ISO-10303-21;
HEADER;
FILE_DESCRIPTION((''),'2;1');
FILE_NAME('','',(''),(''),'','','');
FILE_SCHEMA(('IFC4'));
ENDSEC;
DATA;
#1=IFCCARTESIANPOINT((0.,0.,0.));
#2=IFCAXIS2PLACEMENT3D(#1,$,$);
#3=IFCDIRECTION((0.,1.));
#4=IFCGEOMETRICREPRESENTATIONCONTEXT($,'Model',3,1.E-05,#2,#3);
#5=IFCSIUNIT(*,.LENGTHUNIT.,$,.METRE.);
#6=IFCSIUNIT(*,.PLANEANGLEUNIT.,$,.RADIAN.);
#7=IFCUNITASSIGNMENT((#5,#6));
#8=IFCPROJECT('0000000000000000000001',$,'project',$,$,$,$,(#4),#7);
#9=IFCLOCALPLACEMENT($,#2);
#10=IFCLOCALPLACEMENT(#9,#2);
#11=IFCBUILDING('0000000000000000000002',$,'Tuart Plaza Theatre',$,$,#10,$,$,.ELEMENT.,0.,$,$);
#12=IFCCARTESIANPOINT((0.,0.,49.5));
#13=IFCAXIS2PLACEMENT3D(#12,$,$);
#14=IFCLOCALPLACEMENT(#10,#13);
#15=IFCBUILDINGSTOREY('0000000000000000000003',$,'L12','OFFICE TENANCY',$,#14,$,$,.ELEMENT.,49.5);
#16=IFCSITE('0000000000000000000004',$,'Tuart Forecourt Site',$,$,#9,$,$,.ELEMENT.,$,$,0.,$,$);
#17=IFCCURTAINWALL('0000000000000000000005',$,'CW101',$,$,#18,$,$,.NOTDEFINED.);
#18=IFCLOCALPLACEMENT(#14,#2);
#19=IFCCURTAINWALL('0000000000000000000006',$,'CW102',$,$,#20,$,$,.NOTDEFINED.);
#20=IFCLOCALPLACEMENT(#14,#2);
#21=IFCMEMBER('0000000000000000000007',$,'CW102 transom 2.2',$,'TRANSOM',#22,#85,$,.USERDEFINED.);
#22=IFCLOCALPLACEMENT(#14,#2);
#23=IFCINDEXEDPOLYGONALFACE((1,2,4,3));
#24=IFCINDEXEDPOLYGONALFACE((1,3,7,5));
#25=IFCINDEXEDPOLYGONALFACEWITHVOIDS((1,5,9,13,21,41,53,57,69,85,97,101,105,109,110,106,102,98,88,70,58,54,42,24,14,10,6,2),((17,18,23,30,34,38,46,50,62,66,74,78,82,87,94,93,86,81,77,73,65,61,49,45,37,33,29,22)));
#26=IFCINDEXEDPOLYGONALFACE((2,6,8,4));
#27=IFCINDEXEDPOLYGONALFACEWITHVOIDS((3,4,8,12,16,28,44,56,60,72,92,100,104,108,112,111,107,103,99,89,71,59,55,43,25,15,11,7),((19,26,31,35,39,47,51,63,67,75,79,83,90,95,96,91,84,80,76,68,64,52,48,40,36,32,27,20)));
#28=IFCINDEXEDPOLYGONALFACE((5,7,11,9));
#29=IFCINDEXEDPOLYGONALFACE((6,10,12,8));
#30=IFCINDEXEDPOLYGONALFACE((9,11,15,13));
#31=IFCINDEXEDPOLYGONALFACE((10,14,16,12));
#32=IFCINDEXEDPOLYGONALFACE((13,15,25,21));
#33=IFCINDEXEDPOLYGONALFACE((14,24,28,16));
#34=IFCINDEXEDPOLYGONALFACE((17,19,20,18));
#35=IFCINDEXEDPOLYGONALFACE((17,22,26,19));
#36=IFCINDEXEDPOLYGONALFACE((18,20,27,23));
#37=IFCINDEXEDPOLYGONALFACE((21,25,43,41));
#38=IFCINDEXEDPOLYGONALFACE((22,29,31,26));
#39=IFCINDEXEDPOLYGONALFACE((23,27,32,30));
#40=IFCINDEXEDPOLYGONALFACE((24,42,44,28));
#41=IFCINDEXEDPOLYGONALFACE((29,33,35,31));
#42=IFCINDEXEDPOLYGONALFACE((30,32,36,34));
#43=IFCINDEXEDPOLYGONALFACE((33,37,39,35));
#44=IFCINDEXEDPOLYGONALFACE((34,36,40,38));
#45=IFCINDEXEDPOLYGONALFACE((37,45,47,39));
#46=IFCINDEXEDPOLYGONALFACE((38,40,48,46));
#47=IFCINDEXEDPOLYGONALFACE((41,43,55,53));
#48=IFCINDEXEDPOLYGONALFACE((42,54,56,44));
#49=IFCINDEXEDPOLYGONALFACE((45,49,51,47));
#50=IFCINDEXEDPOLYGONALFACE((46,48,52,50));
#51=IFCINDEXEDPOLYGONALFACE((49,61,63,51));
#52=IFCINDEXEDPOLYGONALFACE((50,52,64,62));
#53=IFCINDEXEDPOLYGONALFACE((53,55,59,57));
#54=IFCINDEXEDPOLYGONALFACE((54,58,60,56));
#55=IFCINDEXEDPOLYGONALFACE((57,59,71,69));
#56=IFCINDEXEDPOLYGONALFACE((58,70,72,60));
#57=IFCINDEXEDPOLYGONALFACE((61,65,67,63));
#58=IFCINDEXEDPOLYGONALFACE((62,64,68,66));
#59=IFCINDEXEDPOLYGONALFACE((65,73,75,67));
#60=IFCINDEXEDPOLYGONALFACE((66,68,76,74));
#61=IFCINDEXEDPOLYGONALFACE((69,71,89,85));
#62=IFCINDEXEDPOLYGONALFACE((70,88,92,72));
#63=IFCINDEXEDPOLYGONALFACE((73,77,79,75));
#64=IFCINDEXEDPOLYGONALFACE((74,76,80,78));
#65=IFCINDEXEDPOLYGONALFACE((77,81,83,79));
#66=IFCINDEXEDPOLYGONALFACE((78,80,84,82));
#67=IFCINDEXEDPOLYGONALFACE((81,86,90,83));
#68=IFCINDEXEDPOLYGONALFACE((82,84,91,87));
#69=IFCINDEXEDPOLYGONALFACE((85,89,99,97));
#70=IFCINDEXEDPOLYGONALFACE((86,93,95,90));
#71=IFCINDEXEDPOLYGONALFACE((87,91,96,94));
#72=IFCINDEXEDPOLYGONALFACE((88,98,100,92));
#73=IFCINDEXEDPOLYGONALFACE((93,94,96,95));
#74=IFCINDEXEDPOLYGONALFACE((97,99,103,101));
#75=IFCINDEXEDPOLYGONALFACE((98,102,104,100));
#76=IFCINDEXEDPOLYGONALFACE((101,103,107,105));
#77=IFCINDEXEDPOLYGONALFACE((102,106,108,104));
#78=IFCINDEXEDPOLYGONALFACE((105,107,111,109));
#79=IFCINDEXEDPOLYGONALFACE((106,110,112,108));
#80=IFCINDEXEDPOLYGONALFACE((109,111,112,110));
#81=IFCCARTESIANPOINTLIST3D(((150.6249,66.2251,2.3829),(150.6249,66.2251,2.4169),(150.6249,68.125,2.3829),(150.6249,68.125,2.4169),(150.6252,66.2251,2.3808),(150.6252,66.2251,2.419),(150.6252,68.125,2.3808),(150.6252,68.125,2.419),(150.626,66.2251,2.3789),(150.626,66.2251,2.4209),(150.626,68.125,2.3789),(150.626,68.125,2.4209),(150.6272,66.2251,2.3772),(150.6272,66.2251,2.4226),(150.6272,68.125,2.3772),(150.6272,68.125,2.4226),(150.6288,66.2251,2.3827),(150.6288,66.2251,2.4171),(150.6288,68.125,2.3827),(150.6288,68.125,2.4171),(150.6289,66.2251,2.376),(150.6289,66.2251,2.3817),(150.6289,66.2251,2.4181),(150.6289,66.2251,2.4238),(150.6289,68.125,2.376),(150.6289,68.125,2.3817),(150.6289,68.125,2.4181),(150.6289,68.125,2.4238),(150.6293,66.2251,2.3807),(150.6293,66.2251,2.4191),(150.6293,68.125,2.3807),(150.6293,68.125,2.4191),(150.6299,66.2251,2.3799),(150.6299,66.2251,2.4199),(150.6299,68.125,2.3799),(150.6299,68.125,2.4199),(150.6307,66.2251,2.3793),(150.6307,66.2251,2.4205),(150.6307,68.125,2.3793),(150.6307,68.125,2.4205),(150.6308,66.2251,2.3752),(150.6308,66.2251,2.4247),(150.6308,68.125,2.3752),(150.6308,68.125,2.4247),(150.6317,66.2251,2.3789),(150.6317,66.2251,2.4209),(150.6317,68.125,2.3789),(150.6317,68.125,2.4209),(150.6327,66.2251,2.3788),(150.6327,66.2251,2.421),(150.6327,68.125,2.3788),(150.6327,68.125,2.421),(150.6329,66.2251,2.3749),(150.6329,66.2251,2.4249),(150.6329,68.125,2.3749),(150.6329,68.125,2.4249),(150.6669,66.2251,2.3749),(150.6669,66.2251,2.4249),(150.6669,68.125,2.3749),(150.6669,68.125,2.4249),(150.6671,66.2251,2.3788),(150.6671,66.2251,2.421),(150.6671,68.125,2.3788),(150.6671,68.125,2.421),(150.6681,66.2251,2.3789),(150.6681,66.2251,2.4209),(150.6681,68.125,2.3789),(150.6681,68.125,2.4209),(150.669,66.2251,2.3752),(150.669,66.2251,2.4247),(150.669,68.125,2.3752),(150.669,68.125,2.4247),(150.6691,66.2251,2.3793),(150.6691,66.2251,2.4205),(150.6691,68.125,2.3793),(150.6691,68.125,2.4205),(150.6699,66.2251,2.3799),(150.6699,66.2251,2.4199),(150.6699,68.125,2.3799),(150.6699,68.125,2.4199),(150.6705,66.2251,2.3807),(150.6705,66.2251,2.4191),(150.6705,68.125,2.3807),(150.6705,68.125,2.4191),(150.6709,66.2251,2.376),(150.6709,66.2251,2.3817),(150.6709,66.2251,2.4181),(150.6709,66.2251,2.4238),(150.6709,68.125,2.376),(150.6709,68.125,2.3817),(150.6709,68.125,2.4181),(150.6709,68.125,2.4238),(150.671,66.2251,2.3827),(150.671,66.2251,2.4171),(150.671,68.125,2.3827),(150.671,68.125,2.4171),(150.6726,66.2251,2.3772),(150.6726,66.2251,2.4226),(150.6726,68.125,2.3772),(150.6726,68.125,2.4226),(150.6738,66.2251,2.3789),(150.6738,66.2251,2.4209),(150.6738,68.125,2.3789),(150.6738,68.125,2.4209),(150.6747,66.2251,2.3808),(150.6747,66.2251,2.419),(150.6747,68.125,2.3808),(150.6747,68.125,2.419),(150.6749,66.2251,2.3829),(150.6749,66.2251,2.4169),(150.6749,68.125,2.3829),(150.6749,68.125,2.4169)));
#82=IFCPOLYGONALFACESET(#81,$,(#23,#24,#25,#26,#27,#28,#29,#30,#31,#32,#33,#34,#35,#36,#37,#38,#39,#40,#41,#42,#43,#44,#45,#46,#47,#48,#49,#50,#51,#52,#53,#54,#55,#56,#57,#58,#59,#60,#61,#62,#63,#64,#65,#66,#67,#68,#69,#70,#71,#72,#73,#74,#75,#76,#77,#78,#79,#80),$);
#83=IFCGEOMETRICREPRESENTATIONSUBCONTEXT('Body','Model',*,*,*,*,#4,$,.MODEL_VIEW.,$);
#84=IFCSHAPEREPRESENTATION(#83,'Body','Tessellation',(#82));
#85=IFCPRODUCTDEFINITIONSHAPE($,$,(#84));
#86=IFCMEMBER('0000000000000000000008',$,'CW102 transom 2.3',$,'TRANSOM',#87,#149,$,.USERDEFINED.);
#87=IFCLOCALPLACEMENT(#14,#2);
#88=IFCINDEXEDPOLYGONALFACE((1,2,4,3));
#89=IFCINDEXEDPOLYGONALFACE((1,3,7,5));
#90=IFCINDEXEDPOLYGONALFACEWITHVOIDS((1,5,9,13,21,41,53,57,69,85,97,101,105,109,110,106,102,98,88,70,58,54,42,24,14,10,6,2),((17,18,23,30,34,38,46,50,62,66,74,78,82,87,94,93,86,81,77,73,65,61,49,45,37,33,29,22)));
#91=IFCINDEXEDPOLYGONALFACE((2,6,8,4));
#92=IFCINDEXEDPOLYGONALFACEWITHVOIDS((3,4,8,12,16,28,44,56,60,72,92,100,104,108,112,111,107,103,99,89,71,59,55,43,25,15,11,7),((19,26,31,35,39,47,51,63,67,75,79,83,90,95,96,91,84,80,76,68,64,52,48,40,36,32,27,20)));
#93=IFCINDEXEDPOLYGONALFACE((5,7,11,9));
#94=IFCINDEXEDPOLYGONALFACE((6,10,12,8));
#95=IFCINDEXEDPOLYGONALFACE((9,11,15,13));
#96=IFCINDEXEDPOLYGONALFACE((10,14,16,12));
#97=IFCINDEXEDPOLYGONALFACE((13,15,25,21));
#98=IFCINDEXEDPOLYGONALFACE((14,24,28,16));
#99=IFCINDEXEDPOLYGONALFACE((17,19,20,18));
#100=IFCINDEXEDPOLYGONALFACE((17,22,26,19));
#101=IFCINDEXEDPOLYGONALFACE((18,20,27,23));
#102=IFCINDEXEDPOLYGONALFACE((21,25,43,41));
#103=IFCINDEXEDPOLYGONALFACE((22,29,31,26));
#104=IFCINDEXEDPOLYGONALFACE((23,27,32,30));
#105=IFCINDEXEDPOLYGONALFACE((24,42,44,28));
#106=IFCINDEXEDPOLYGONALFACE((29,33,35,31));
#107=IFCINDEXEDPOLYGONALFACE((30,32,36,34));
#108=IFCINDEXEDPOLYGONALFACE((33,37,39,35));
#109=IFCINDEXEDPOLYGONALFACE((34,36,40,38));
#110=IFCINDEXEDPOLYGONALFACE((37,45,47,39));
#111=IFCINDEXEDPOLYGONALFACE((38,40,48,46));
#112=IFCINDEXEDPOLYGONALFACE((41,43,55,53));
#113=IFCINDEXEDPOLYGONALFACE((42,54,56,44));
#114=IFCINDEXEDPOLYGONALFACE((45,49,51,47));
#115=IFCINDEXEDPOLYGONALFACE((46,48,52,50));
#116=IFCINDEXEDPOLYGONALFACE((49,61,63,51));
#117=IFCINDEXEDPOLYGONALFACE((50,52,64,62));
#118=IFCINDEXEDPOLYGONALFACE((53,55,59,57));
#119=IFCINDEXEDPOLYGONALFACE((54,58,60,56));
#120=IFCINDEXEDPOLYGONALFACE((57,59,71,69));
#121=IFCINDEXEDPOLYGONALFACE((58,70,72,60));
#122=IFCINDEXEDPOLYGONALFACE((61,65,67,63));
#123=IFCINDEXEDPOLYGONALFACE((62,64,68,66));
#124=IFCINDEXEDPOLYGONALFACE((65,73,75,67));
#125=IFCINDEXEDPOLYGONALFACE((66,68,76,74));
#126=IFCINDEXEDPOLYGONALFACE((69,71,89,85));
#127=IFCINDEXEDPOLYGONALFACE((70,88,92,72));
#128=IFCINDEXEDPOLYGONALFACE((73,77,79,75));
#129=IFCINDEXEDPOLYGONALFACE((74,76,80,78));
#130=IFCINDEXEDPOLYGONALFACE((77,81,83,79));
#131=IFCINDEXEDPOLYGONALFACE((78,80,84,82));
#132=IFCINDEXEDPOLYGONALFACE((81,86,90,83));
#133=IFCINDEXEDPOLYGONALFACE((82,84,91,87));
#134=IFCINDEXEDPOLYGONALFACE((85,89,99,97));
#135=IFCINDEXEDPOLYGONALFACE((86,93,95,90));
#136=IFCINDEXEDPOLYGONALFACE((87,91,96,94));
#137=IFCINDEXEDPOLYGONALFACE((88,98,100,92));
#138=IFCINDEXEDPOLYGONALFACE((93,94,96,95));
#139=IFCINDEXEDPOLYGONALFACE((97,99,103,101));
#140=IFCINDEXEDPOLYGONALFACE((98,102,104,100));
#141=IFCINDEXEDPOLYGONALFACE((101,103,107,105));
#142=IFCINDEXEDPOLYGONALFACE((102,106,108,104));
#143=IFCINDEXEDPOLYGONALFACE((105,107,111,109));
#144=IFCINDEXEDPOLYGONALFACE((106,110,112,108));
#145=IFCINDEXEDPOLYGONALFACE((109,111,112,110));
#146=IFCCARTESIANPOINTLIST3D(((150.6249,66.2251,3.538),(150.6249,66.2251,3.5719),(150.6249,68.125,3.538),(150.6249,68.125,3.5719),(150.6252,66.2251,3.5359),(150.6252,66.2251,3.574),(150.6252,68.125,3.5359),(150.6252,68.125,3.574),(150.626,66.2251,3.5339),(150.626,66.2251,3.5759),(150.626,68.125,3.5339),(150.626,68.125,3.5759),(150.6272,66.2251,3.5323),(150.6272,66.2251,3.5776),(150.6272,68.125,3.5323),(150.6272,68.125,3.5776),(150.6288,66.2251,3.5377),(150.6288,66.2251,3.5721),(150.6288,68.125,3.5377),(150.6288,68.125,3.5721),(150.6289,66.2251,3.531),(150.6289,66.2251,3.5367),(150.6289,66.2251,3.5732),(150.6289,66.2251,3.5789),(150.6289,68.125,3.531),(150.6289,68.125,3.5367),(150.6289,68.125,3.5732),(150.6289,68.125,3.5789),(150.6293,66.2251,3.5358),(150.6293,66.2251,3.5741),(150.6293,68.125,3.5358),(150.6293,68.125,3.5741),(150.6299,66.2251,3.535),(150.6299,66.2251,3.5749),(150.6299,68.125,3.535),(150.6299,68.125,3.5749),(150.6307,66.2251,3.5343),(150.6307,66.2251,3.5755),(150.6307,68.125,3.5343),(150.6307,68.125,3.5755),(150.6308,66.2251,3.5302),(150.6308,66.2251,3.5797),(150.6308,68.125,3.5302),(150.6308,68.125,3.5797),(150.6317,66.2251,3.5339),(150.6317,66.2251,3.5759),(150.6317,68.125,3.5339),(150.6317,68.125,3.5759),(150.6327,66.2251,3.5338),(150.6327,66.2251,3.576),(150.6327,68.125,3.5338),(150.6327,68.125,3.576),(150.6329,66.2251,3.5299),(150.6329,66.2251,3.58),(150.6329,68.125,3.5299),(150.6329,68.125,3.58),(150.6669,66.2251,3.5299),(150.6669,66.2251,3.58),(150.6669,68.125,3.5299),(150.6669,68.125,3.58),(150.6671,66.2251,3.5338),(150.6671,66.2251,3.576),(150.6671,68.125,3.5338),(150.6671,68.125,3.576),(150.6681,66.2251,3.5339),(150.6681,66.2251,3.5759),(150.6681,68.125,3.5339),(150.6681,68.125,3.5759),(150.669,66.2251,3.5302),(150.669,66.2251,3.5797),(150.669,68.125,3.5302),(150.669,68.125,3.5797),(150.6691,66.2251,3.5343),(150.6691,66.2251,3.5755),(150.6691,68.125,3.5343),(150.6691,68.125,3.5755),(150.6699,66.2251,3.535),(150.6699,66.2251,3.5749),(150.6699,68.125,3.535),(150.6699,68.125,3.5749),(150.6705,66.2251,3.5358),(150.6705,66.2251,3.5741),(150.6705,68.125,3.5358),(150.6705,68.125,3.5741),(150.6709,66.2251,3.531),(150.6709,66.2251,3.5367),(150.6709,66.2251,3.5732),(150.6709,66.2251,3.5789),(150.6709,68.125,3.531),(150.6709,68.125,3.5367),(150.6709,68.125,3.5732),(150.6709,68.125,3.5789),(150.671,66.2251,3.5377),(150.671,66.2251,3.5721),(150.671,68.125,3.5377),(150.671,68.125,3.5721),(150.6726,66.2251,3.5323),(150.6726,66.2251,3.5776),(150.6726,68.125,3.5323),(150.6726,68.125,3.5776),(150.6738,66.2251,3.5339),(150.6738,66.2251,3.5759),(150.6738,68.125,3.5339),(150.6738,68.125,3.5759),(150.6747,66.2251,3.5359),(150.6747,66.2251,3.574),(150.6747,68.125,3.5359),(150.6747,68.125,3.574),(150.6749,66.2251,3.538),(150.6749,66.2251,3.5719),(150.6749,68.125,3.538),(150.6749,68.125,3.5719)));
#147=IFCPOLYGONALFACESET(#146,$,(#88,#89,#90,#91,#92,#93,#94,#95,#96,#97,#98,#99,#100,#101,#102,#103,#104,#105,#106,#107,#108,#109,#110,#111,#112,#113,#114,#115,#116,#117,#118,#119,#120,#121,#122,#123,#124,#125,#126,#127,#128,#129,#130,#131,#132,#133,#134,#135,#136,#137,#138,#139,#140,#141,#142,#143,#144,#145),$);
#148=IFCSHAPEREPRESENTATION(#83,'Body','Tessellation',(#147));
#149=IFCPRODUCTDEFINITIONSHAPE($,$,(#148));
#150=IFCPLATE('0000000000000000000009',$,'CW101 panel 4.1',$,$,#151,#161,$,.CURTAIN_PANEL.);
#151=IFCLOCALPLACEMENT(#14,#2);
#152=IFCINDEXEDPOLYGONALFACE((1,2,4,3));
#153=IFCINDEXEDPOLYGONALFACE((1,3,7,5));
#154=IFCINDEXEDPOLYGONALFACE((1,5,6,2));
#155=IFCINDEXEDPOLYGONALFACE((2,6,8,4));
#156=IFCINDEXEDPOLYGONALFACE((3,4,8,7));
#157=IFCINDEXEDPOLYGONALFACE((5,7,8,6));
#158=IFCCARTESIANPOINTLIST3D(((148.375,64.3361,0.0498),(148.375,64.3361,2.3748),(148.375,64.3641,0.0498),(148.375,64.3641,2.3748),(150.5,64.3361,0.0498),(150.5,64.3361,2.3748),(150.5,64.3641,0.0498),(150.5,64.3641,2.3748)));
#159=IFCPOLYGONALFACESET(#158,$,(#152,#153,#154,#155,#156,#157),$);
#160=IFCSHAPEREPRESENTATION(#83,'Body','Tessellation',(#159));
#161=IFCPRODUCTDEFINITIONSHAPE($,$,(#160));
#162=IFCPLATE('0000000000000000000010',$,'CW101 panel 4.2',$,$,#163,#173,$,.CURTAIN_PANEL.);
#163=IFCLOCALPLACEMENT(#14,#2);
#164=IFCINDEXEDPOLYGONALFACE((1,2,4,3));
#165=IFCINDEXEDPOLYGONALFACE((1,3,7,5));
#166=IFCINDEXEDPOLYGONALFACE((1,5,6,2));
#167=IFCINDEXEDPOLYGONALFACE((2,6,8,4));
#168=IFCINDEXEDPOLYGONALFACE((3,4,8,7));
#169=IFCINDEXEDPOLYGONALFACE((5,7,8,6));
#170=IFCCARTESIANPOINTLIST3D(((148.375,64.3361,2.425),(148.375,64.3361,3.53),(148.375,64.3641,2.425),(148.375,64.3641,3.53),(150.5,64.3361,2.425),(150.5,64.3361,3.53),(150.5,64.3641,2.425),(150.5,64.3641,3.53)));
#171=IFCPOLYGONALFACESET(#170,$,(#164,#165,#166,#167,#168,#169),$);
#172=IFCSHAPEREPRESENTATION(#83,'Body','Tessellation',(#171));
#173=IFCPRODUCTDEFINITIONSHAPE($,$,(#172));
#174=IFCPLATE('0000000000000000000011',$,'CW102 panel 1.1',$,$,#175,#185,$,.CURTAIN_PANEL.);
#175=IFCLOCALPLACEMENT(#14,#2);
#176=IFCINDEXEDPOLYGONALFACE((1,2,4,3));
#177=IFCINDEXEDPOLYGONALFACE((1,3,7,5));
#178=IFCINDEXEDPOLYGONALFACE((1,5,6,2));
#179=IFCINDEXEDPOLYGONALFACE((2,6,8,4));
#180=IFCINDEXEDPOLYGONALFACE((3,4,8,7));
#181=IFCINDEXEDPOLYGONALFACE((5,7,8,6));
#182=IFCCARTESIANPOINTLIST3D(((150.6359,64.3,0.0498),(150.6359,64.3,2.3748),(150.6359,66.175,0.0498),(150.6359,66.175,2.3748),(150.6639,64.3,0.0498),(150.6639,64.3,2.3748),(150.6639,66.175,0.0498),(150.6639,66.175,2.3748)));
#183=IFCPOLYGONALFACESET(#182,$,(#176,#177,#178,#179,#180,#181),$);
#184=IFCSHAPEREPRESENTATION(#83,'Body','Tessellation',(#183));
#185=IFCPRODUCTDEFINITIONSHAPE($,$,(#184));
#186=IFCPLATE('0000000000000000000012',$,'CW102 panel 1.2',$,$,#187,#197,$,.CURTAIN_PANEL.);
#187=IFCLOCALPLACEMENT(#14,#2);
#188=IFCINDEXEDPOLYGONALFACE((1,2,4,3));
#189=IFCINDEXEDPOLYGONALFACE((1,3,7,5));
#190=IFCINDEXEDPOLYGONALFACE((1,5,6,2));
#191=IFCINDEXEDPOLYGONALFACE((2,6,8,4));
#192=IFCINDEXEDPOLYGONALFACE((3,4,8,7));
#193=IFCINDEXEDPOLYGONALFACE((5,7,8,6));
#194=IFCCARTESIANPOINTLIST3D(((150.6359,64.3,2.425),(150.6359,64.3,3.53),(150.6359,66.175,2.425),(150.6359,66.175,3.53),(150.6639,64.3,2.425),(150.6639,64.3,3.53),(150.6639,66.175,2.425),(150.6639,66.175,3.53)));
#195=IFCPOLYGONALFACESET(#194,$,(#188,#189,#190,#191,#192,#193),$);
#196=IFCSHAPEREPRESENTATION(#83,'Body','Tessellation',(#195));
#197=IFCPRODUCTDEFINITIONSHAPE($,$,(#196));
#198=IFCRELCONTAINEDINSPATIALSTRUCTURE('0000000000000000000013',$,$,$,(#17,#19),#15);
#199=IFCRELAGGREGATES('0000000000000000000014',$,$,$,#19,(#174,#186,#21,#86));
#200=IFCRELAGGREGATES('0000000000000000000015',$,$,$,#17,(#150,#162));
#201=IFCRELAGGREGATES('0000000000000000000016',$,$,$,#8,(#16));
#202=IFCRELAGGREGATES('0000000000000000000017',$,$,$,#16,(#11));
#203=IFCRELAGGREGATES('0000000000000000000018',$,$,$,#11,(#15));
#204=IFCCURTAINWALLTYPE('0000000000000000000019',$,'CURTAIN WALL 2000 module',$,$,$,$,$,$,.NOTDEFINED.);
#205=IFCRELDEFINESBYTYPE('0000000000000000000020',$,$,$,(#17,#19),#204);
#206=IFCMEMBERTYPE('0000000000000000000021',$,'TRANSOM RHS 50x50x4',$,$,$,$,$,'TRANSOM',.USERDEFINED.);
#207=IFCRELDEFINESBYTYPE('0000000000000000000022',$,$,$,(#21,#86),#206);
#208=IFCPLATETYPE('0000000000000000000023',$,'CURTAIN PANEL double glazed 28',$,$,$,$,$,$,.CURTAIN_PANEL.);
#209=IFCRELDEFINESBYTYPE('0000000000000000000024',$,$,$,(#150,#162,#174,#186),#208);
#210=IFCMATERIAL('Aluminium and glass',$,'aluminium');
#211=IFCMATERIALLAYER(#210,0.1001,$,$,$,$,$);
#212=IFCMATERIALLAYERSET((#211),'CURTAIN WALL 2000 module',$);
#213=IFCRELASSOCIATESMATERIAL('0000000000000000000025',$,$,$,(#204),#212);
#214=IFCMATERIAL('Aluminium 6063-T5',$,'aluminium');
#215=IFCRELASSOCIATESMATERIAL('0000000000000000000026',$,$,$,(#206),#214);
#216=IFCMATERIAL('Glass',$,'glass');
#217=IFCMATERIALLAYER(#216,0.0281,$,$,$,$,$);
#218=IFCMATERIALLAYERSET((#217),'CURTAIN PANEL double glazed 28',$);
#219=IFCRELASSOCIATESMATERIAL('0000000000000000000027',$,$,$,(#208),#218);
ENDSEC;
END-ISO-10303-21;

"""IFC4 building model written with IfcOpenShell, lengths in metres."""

from ifc_helpers import new_model, si_unit, direction, frame, origin, origin_2d, place, context, subcontext, project, spatial, rectangle, hollow_rectangle, extrude, material, layer, layer_set, material_profile, profile_set, type_object, element, aggregate, save


model = new_model("IFC4")

# Units and contexts
model_context = context("Model", 3, precision=1e-05, world=origin(), true_north=direction((0.0, 1.0)))
body_context = subcontext(model_context, "Body", "Model", "MODEL_VIEW")
ifc_project = project(units=[si_unit("LENGTHUNIT", "METRE"), si_unit("PLANEANGLEUNIT", "RADIAN")], contexts=[model_context])

# Site, building, storey
site_placement = place(None, origin())
site = spatial("IfcSite", under=ifc_project, at=site_placement, Name="Tuart Forecourt Site", CompositionType="ELEMENT", RefElevation=0.0)
building_placement = place(site_placement, origin())
building = spatial("IfcBuilding", under=site, at=building_placement, Name="Tuart Plaza Theatre", CompositionType="ELEMENT", ElevationOfRefHeight=0.0)
storey_placement = place(building_placement, frame((0.0, 0.0, 49.5)))
storey = spatial("IfcBuildingStorey", under=building, at=storey_placement, Name="L12", Description="OFFICE TENANCY", CompositionType="ELEMENT", Elevation=49.5)

# Shared definitions
ifc_material_1 = material(Name="Aluminium and glass", Category="aluminium")
ifc_layer_1 = layer(ifc_material_1, 0.1001)
ifc_layer_set_1 = layer_set([ifc_layer_1], Name="CURTAIN WALL 2000 module")
curtain_wall_type = type_object("IfcCurtainWallType", Name="CURTAIN WALL 2000 module", PredefinedType="NOTDEFINED", material=ifc_layer_set_1)

# Curtain wall
curtain_wall_1_placement = place(storey_placement, origin())
curtain_wall_1 = element("IfcCurtainWall", 1, at=curtain_wall_1_placement, inside=storey, type_object=curtain_wall_type, Name="CW101", PredefinedType="NOTDEFINED")

# Curtain wall
curtain_wall_2_placement = place(storey_placement, origin())
curtain_wall_2 = element("IfcCurtainWall", 2, at=curtain_wall_2_placement, inside=storey, type_object=curtain_wall_type, Name="CW102", PredefinedType="NOTDEFINED")

# Members
ifc_material_2 = material(Name="Aluminium 6063-T5", Category="aluminium")
ifc_material_profile_1 = material_profile(ifc_material_2, hollow_rectangle(XDim=0.05, YDim=0.05, WallThickness=0.0039, InnerFilletRadius=0.0039, OuterFilletRadius=0.0081, at=origin_2d()), Name="RHS 50x50x4")
ifc_profile_set_1 = profile_set([ifc_material_profile_1], Name="Aluminium 6063-T5")
member_type_1 = type_object("IfcMemberType", Name="TRANSOM RHS 50x50x4", ElementType="TRANSOM", PredefinedType="USERDEFINED", material=ifc_profile_set_1)
member_1_placement = place(storey_placement, frame((150.6499, 66.2251, 2.3999), z_axis=(0.0, 1.0, 0.0), x_axis=(-1.0, 0.0, 0.0)))
member_1 = element("IfcMember", 3, at=member_1_placement, type_object=member_type_1, Name="CW102 transom 2.2", ObjectType="TRANSOM", PredefinedType="USERDEFINED", context=body_context, shape_type="SweptSolid", body=[
    extrude(hollow_rectangle(XDim=0.05, YDim=0.05, WallThickness=0.0039, InnerFilletRadius=0.0039, OuterFilletRadius=0.0081, at=origin_2d()), origin(), (0.0, 0.0, 1.0), 1.8999),
])
member_2_placement = place(storey_placement, frame((150.6499, 66.2251, 3.5549), z_axis=(0.0, 1.0, 0.0), x_axis=(-1.0, 0.0, 0.0)))
member_2 = element("IfcMember", 4, at=member_2_placement, type_object=member_type_1, Name="CW102 transom 2.3", ObjectType="TRANSOM", PredefinedType="USERDEFINED", context=body_context, shape_type="SweptSolid", body=[
    extrude(hollow_rectangle(XDim=0.05, YDim=0.05, WallThickness=0.0039, InnerFilletRadius=0.0039, OuterFilletRadius=0.0081, at=origin_2d()), origin(), (0.0, 0.0, 1.0), 1.8999),
])

# Plates
ifc_material_3 = material(Name="Glass", Category="glass")
ifc_layer_2 = layer(ifc_material_3, 0.0281)
ifc_layer_set_2 = layer_set([ifc_layer_2], Name="CURTAIN PANEL double glazed 28")
plate_type_1 = type_object("IfcPlateType", Name="CURTAIN PANEL double glazed 28", PredefinedType="CURTAIN_PANEL", material=ifc_layer_set_2)
plate_1_placement = place(storey_placement, frame((149.4375, 64.3501, 0.0498), z_axis=(0.0, 0.0, 1.0), x_axis=(1.0, 0.0, 0.0)))
plate_1 = element("IfcPlate", 5, at=plate_1_placement, type_object=plate_type_1, Name="CW101 panel 4.1", PredefinedType="CURTAIN_PANEL", context=body_context, shape_type="SweptSolid", body=[
    extrude(rectangle(XDim=2.125, YDim=0.0281, at=origin_2d()), origin(), (0.0, 0.0, 1.0), 2.325),
])
plate_2_placement = place(storey_placement, frame((149.4375, 64.3501, 2.425), z_axis=(0.0, 0.0, 1.0), x_axis=(1.0, 0.0, 0.0)))
plate_2 = element("IfcPlate", 6, at=plate_2_placement, type_object=plate_type_1, Name="CW101 panel 4.2", PredefinedType="CURTAIN_PANEL", context=body_context, shape_type="SweptSolid", body=[
    extrude(rectangle(XDim=2.125, YDim=0.0281, at=origin_2d()), origin(), (0.0, 0.0, 1.0), 1.105),
])
plate_3_placement = place(storey_placement, frame((150.6499, 65.2375, 0.0498), z_axis=(0.0, 0.0, 1.0), x_axis=(0.0, 1.0, 0.0)))
plate_3 = element("IfcPlate", 7, at=plate_3_placement, type_object=plate_type_1, Name="CW102 panel 1.1", PredefinedType="CURTAIN_PANEL", context=body_context, shape_type="SweptSolid", body=[
    extrude(rectangle(XDim=1.875, YDim=0.0281, at=origin_2d()), origin(), (0.0, 0.0, 1.0), 2.325),
])
plate_4_placement = place(storey_placement, frame((150.6499, 65.2375, 2.425), z_axis=(0.0, 0.0, 1.0), x_axis=(0.0, 1.0, 0.0)))
plate_4 = element("IfcPlate", 8, at=plate_4_placement, type_object=plate_type_1, Name="CW102 panel 1.2", PredefinedType="CURTAIN_PANEL", context=body_context, shape_type="SweptSolid", body=[
    extrude(rectangle(XDim=1.875, YDim=0.0281, at=origin_2d()), origin(), (0.0, 0.0, 1.0), 1.105),
])
aggregate(curtain_wall_2, [plate_3, plate_4, member_1, member_2])
aggregate(curtain_wall_1, [plate_1, plate_2])

save(model, "model.ifc")
